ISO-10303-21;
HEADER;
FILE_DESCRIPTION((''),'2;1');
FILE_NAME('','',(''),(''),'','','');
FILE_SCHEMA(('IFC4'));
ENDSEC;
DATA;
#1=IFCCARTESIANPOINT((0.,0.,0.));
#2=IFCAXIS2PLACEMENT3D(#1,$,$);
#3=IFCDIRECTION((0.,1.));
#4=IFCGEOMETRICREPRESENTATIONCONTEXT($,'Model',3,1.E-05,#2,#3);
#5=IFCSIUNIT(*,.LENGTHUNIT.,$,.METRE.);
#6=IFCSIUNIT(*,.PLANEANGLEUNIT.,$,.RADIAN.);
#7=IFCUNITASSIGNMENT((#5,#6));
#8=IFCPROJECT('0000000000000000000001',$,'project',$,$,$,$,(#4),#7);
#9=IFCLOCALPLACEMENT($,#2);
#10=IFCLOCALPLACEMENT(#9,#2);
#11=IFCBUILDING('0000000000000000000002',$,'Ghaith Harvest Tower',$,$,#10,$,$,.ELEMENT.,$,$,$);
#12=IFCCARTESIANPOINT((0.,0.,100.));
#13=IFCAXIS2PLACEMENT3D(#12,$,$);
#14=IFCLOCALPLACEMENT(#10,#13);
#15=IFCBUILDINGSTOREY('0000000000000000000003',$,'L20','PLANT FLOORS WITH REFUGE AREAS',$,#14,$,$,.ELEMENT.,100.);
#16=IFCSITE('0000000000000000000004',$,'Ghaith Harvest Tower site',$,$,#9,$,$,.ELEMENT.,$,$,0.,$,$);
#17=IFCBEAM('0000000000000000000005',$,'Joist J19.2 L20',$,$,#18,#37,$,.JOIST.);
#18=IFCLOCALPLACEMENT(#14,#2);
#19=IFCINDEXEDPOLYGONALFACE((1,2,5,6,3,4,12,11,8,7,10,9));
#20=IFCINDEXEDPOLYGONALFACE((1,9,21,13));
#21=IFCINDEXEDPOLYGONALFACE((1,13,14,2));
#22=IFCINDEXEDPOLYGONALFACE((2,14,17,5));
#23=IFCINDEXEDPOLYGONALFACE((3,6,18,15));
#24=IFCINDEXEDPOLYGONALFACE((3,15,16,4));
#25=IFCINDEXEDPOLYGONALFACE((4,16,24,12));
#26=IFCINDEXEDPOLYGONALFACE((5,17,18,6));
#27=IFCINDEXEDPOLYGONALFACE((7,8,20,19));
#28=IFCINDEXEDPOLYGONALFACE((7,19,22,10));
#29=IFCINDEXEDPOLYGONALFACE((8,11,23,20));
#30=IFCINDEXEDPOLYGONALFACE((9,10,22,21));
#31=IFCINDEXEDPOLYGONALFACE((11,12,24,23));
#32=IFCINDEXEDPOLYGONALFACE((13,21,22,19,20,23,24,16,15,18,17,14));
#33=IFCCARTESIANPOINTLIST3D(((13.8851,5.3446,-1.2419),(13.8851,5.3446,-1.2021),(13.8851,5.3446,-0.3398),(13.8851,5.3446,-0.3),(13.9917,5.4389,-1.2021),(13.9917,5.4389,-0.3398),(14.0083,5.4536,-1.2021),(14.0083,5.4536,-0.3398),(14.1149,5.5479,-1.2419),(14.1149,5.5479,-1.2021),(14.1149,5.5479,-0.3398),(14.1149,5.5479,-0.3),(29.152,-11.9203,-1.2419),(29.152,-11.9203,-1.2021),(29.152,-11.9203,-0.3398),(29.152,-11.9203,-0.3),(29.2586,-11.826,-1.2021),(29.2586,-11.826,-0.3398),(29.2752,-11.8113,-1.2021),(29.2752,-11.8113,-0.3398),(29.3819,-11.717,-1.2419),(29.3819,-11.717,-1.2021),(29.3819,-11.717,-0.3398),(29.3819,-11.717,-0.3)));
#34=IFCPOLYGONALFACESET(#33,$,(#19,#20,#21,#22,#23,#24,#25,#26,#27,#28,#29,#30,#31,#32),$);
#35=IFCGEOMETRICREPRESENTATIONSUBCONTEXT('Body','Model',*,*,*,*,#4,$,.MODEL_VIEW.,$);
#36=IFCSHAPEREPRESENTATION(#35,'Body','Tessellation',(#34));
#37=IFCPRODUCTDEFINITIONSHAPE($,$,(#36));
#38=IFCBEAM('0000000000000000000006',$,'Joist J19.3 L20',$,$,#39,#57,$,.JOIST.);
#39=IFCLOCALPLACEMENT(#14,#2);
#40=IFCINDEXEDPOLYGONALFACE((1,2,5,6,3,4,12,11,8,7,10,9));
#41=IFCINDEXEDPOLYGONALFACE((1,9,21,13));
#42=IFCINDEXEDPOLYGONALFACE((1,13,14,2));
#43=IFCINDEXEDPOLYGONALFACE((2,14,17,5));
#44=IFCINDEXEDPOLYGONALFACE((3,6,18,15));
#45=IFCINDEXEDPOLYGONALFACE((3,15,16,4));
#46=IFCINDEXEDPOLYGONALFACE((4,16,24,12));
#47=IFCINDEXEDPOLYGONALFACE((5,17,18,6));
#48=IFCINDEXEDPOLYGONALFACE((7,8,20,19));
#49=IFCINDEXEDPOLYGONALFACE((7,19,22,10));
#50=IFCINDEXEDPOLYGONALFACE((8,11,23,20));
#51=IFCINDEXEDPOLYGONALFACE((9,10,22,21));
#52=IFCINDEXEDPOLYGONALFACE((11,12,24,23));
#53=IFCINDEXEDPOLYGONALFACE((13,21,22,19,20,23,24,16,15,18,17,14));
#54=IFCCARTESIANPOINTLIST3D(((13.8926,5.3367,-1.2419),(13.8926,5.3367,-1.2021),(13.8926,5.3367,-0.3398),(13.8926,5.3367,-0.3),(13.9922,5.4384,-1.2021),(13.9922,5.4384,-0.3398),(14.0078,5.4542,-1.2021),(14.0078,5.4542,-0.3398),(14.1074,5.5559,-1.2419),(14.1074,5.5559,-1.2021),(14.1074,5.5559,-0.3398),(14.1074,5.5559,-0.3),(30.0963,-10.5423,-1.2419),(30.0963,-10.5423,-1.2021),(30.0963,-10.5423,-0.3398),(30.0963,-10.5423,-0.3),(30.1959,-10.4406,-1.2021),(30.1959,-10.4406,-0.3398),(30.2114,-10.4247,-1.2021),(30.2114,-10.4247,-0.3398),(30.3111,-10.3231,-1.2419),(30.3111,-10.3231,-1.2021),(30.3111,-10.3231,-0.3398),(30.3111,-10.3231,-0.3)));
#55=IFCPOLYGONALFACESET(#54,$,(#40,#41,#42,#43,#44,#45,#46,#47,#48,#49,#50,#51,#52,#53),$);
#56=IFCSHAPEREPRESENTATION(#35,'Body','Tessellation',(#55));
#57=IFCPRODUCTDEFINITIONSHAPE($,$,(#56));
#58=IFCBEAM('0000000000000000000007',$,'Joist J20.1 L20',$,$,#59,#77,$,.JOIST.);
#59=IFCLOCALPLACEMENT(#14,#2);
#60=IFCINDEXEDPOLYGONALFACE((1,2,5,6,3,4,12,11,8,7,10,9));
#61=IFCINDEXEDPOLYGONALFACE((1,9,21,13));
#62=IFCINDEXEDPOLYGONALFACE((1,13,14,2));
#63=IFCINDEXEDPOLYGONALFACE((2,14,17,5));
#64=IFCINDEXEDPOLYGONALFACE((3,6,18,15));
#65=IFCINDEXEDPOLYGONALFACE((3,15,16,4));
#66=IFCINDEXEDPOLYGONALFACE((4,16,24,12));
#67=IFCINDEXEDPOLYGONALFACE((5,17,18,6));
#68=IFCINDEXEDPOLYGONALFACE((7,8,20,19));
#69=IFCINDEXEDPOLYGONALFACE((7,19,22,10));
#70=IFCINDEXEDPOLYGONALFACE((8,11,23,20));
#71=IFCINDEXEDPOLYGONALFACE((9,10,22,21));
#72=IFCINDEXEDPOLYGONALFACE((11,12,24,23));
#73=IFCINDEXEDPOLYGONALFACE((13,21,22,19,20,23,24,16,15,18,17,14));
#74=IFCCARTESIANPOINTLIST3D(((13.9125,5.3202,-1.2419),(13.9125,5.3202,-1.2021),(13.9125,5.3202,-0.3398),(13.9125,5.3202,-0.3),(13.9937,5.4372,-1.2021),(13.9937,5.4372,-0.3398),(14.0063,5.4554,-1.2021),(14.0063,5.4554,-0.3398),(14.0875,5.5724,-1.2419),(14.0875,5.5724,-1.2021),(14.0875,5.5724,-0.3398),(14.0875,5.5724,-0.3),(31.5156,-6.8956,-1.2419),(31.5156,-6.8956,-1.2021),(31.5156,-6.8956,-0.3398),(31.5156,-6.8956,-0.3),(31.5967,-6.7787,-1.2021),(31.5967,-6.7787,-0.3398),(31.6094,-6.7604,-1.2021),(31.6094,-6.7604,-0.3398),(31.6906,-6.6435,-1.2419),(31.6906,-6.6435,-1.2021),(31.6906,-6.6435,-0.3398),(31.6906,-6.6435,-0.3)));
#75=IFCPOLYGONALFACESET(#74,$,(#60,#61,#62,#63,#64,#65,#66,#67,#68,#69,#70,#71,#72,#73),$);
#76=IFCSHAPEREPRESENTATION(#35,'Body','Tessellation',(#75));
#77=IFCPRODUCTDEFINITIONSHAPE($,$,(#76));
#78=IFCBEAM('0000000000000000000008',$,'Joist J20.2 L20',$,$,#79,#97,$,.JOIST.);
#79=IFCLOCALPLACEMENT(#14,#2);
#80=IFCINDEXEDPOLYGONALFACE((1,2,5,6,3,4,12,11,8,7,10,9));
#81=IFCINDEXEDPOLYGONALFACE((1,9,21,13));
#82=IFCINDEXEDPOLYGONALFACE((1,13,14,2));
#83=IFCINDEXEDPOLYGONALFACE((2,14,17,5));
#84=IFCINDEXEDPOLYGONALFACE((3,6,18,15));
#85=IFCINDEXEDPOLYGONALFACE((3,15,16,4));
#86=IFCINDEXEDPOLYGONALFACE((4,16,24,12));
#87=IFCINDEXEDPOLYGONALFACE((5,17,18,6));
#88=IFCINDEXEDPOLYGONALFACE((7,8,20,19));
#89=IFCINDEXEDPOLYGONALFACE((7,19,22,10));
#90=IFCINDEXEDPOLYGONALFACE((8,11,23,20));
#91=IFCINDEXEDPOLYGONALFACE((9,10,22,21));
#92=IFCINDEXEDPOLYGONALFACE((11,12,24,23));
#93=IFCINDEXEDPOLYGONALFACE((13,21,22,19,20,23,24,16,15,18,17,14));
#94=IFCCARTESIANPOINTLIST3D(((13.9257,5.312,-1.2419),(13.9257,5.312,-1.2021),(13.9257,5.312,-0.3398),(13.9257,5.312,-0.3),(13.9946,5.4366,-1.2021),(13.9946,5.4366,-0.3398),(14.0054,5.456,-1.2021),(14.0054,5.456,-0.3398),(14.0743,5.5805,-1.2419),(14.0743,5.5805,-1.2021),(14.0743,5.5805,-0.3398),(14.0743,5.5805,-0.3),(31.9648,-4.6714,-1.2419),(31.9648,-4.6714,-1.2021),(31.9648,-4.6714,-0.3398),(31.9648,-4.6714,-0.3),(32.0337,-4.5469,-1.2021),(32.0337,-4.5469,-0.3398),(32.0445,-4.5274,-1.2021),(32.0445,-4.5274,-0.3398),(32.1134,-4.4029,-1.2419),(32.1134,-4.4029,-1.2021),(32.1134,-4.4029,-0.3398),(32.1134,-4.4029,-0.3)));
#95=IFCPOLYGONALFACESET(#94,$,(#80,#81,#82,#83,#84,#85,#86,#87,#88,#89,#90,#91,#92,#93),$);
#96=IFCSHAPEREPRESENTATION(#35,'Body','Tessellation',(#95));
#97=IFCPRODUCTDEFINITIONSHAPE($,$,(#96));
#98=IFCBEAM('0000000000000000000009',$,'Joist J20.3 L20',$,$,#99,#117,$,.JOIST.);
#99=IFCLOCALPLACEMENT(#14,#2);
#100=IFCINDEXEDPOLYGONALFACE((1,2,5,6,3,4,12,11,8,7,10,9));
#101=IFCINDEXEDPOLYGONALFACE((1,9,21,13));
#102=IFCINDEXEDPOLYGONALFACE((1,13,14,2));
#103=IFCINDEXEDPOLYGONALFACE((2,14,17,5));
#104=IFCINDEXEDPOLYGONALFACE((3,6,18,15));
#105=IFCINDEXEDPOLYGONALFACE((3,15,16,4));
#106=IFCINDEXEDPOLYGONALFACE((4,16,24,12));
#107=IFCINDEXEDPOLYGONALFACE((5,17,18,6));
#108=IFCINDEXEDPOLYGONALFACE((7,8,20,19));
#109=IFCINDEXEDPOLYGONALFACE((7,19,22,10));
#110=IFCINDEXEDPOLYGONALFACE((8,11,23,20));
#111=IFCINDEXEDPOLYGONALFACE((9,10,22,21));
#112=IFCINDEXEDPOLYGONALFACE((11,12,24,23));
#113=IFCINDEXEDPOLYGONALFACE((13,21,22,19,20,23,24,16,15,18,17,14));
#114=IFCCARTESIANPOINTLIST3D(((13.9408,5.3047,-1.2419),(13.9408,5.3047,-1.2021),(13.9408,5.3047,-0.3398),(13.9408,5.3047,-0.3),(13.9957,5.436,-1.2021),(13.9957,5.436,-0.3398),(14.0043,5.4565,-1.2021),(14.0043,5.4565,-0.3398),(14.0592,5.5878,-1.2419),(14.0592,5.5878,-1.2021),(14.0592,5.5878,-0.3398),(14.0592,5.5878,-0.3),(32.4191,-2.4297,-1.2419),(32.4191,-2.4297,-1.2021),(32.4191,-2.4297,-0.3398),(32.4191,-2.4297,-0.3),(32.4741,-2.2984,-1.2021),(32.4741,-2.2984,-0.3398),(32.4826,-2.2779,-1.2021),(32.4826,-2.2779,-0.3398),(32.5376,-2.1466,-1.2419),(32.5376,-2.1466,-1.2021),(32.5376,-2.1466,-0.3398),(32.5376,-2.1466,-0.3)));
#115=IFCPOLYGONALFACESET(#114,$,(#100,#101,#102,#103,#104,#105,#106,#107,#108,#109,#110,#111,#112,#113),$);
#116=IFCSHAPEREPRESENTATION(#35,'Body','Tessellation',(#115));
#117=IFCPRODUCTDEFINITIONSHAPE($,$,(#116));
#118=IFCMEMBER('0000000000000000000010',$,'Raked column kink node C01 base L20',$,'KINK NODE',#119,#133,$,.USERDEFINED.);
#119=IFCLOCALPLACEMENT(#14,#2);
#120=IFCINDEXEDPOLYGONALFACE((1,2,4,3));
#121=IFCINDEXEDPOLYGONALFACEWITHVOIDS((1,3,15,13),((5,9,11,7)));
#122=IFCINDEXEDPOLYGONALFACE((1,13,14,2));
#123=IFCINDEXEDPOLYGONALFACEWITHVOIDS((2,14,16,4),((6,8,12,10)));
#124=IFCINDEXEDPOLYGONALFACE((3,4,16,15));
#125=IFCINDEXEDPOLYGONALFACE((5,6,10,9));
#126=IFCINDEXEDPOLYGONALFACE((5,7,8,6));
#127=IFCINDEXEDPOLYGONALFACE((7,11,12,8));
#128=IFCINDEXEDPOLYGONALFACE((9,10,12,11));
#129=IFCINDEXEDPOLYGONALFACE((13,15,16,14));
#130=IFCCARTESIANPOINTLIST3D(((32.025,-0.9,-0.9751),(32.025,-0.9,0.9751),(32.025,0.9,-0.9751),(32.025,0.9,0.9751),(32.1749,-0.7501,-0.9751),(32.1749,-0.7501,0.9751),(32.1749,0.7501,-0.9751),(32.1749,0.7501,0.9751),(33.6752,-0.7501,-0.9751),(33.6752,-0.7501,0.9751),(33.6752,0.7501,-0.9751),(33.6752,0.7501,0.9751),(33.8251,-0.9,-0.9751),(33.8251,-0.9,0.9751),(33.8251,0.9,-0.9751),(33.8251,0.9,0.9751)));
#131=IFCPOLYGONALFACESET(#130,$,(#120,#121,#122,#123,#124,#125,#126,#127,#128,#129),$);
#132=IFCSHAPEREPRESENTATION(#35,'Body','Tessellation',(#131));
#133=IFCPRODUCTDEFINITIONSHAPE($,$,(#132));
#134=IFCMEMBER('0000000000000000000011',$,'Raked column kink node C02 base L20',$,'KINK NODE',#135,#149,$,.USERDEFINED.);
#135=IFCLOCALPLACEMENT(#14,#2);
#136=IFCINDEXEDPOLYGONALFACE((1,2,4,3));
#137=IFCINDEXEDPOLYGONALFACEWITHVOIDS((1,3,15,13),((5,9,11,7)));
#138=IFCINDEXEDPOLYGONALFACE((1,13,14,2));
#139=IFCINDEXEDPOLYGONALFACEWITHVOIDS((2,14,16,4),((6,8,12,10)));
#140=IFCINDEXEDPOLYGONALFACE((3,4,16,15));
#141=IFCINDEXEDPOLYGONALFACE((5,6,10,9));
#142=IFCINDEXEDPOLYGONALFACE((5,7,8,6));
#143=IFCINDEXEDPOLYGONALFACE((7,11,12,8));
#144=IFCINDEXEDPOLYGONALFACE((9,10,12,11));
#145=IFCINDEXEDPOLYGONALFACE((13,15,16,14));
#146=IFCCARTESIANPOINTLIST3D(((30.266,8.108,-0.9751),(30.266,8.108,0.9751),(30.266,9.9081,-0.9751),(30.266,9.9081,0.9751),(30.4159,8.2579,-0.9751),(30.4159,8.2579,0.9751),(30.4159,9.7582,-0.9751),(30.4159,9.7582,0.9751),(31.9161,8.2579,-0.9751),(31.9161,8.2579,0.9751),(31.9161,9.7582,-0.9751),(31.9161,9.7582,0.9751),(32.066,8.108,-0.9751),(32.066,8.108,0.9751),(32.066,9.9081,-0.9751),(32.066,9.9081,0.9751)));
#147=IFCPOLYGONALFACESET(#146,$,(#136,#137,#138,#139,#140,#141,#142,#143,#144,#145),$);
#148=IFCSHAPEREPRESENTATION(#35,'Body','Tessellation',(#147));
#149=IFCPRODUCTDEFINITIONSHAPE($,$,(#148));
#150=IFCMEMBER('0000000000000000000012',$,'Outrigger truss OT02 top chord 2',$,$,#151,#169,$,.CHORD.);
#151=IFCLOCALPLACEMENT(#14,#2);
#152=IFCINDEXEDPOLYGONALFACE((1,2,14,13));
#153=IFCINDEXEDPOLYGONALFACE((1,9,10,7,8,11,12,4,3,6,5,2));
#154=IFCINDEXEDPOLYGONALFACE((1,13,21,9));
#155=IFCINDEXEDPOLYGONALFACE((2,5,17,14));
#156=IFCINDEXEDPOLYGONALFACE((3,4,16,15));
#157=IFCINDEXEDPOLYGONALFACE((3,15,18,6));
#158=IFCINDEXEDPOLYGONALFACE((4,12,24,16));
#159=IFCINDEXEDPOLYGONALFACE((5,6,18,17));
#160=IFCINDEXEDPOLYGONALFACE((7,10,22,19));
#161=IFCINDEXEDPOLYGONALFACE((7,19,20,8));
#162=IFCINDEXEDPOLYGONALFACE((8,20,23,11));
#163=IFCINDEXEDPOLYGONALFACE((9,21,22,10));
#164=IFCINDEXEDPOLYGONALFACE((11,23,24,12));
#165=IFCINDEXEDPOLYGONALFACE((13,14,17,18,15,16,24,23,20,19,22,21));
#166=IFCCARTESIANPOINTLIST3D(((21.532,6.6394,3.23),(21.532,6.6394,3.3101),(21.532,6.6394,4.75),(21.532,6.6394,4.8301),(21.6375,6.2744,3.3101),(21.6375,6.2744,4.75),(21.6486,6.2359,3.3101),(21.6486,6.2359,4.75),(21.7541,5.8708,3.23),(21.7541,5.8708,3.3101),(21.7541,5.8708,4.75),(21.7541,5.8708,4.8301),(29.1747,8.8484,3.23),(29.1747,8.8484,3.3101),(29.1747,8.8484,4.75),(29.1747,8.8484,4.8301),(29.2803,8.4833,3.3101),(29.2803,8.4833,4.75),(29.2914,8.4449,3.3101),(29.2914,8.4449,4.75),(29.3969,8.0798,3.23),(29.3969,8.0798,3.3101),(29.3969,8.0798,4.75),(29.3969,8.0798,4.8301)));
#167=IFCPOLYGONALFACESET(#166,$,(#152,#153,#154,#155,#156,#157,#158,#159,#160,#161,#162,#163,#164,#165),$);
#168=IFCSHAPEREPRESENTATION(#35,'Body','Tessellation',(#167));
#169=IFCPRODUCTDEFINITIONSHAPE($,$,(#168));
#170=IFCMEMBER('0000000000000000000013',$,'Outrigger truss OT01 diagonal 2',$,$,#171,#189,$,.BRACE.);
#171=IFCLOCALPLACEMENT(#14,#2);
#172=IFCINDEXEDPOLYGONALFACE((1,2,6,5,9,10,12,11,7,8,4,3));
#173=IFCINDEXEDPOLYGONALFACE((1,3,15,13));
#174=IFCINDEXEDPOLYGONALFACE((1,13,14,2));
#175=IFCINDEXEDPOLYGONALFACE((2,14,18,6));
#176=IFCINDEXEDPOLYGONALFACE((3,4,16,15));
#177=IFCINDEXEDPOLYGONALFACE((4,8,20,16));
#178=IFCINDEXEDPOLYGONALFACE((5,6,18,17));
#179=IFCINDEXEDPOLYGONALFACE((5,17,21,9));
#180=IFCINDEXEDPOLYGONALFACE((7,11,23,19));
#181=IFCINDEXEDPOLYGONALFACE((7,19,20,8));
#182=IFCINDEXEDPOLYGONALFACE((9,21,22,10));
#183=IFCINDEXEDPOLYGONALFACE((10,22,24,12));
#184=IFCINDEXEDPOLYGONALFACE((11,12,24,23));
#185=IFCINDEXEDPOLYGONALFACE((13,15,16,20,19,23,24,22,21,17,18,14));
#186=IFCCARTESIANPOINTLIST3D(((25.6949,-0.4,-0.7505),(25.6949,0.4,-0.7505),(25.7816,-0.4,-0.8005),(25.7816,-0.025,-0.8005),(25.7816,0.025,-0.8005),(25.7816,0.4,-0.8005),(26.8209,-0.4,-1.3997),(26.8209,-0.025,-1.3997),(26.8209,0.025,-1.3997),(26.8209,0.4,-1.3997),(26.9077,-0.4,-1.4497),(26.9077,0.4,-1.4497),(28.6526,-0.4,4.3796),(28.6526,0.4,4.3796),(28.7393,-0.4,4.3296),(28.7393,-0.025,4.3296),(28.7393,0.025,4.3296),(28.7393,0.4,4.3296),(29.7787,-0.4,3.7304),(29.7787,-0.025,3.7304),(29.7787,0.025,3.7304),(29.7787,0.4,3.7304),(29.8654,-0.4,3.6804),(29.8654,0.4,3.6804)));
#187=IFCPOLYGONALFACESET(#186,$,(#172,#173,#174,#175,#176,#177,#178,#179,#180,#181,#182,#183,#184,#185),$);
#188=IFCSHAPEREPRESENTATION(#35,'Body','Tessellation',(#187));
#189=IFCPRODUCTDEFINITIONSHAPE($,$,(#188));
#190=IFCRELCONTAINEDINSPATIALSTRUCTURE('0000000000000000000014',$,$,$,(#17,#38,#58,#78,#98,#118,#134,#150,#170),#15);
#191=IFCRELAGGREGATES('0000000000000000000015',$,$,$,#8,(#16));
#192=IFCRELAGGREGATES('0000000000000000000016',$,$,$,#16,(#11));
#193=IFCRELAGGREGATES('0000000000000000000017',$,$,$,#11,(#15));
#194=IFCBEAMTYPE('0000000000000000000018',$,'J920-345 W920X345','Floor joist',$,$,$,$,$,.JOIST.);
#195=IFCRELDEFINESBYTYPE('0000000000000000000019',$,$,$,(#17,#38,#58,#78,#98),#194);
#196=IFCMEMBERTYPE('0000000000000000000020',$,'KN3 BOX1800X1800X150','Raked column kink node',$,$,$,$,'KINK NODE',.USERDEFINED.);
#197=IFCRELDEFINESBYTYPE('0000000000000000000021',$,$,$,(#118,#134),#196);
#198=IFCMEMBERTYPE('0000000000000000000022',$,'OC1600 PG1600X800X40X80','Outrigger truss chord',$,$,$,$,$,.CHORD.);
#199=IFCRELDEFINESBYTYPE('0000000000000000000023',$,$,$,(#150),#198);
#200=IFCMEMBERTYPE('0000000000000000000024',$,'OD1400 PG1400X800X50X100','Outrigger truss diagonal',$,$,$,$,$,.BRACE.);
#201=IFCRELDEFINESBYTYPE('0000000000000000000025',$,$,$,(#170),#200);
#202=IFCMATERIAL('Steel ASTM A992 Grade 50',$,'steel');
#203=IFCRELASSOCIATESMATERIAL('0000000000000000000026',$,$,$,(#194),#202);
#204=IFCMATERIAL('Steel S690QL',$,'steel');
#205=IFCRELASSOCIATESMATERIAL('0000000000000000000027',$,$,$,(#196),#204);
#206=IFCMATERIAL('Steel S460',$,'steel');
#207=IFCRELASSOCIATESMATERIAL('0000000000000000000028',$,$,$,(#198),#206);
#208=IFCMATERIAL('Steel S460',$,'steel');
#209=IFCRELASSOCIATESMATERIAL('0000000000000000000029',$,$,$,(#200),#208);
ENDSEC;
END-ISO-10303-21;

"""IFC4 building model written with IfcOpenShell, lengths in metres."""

from ifc_helpers import new_model, si_unit, direction, frame, origin, origin_2d, place, context, subcontext, project, spatial, hollow_rectangle, i_section, extrude, material, material_profile, profile_set, type_object, element, save


model = new_model("IFC4")

# Units and contexts
model_context = context("Model", 3, precision=1e-05, world=origin(), true_north=direction((0.0, 1.0)))
body_context = subcontext(model_context, "Body", "Model", "MODEL_VIEW")
ifc_project = project(units=[si_unit("LENGTHUNIT", "METRE"), si_unit("PLANEANGLEUNIT", "RADIAN")], contexts=[model_context])

# Site, building, storey
site_placement = place(None, origin())
site = spatial("IfcSite", under=ifc_project, at=site_placement, Name="Ghaith Harvest Tower site", CompositionType="ELEMENT", RefElevation=0.0)
building_placement = place(site_placement, origin())
building = spatial("IfcBuilding", under=site, at=building_placement, Name="Ghaith Harvest Tower", CompositionType="ELEMENT")
storey_placement = place(building_placement, frame((0.0, 0.0, 100.0)))
storey = spatial("IfcBuildingStorey", under=building, at=storey_placement, Name="L20", Description="PLANT FLOORS WITH REFUGE AREAS", CompositionType="ELEMENT", Elevation=100.0)

# Beams
ifc_material_1 = material(Name="Steel ASTM A992 Grade 50", Category="steel")
ifc_material_profile_1 = material_profile(ifc_material_1, i_section(OverallWidth=0.3069, OverallDepth=0.9419, WebThickness=0.0222, FlangeThickness=0.0398, at=origin_2d()), Name="W920X345")
ifc_profile_set_1 = profile_set([ifc_material_profile_1], Name="Steel ASTM A992 Grade 50")
beam_type_1 = type_object("IfcBeamType", Name="J920-345 W920X345", Description="Floor joist", PredefinedType="JOIST", material=ifc_profile_set_1)
beam_1_placement = place(storey_placement, frame((14.0, 5.4463, -0.771), z_axis=(0.662429, -0.749125, 0.0), x_axis=(0.749125, 0.662429, 0.0)))
element("IfcBeam", 1, at=beam_1_placement, inside=storey, type_object=beam_type_1, Name="Joist J19.2 L20", PredefinedType="JOIST", context=body_context, shape_type="SweptSolid", body=[
    extrude(i_section(OverallWidth=0.3069, OverallDepth=0.9419, WebThickness=0.0222, FlangeThickness=0.0398, at=origin_2d()), origin(), (0.0, 0.0, 1.0), 23.0469),
])
beam_2_placement = place(storey_placement, frame((14.0, 5.4463, -0.771), z_axis=(0.714227, -0.699914, 0.0), x_axis=(0.699914, 0.714227, 0.0)))
element("IfcBeam", 2, at=beam_2_placement, inside=storey, type_object=beam_type_1, Name="Joist J19.3 L20", PredefinedType="JOIST", context=body_context, shape_type="SweptSolid", body=[
    extrude(i_section(OverallWidth=0.3069, OverallDepth=0.9419, WebThickness=0.0222, FlangeThickness=0.0398, at=origin_2d()), origin(), (0.0, 0.0, 1.0), 22.687),
])
beam_3_placement = place(storey_placement, frame((14.0, 5.4463, -0.771), z_axis=(0.821556, -0.570128, 0.0), x_axis=(0.570128, 0.821556, 0.0)))
element("IfcBeam", 3, at=beam_3_placement, inside=storey, type_object=beam_type_1, Name="Joist J20.1 L20", PredefinedType="JOIST", context=body_context, shape_type="SweptSolid", body=[
    extrude(i_section(OverallWidth=0.3069, OverallDepth=0.9419, WebThickness=0.0222, FlangeThickness=0.0398, at=origin_2d()), origin(), (0.0, 0.0, 1.0), 21.4265),
])
beam_4_placement = place(storey_placement, frame((14.0, 5.4463, -0.771), z_axis=(0.874945, -0.484223, 0.0), x_axis=(0.484223, 0.874945, 0.0)))
element("IfcBeam", 4, at=beam_4_placement, inside=storey, type_object=beam_type_1, Name="Joist J20.2 L20", PredefinedType="JOIST", context=body_context, shape_type="SweptSolid", body=[
    extrude(i_section(OverallWidth=0.3069, OverallDepth=0.9419, WebThickness=0.0222, FlangeThickness=0.0398, at=origin_2d()), origin(), (0.0, 0.0, 1.0), 20.6174),
])
beam_5_placement = place(storey_placement, frame((14.0, 5.4463, -0.771), z_axis=(0.922454, -0.386108, 0.0), x_axis=(0.386108, 0.922454, 0.0)))
element("IfcBeam", 5, at=beam_5_placement, inside=storey, type_object=beam_type_1, Name="Joist J20.3 L20", PredefinedType="JOIST", context=body_context, shape_type="SweptSolid", body=[
    extrude(i_section(OverallWidth=0.3069, OverallDepth=0.9419, WebThickness=0.0222, FlangeThickness=0.0398, at=origin_2d()), origin(), (0.0, 0.0, 1.0), 20.0317),
])

# Members
ifc_material_2 = material(Name="Steel S690QL", Category="steel")
ifc_material_profile_2 = material_profile(ifc_material_2, hollow_rectangle(XDim=1.8, YDim=1.8, WallThickness=0.1499, at=origin_2d()), Name="BOX1800X1800X150")
ifc_profile_set_2 = profile_set([ifc_material_profile_2], Name="Steel S690QL")
member_type_1 = type_object("IfcMemberType", Name="KN3 BOX1800X1800X150", Description="Raked column kink node", ElementType="KINK NODE", PredefinedType="USERDEFINED", material=ifc_profile_set_2)
for number, where, z_axis, x_axis, name in (
    (6, (32.925, 0.0, -0.9751), (0.0, 0.0, 1.0), (1.0, 0.0, 0.0), "Raked column kink node C01 base L20"),
    (7, (31.166, 9.0081, -0.9751), (0.0, 0.0, 1.0), (1.0, 0.0, 0.0), "Raked column kink node C02 base L20"),
):
    element("IfcMember", number, at=place(storey_placement, frame(where, z_axis=z_axis, x_axis=x_axis)), inside=storey, type_object=member_type_1, Name=name, ObjectType="KINK NODE", PredefinedType="USERDEFINED", context=body_context, shape_type="SweptSolid", body=[
        extrude(hollow_rectangle(XDim=1.8, YDim=1.8, WallThickness=0.1499, at=origin_2d()), origin(), (0.0, 0.0, 1.0), 1.9502),
    ])
ifc_material_3 = material(Name="Steel S460", Category="steel")
ifc_material_profile_3 = material_profile(ifc_material_3, i_section(OverallWidth=0.8, OverallDepth=1.6001, WebThickness=0.04, FlangeThickness=0.0801, at=origin_2d()), Name="PG1600X800X40X80")
ifc_profile_set_3 = profile_set([ifc_material_profile_3], Name="Steel S460")
member_type_2 = type_object("IfcMemberType", Name="OC1600 PG1600X800X40X80", Description="Outrigger truss chord", PredefinedType="CHORD", material=ifc_profile_set_3)
member_1_placement = place(storey_placement, frame((21.6431, 6.2551, 4.03), z_axis=(0.960679, 0.277662, 0.0), x_axis=(-0.277662, 0.960679, 0.0)))
element("IfcMember", 8, at=member_1_placement, inside=storey, type_object=member_type_2, Name="Outrigger truss OT02 top chord 2", PredefinedType="CHORD", context=body_context, shape_type="SweptSolid", body=[
    extrude(i_section(OverallWidth=0.8, OverallDepth=1.6001, WebThickness=0.04, FlangeThickness=0.0801, at=origin_2d()), origin(), (0.0, 0.0, 1.0), 7.9556),
])
ifc_material_4 = material(Name="Steel S460", Category="steel")
ifc_material_profile_4 = material_profile(ifc_material_4, i_section(OverallWidth=0.8, OverallDepth=1.3999, WebThickness=0.05, FlangeThickness=0.1001, at=origin_2d()), Name="PG1400X800X50X100")
ifc_profile_set_4 = profile_set([ifc_material_profile_4], Name="Steel S460")
member_type_3 = type_object("IfcMemberType", Name="OD1400 PG1400X800X50X100", Description="Outrigger truss diagonal", PredefinedType="BRACE", material=ifc_profile_set_4)
member_2_placement = place(storey_placement, frame((26.3013, 0.0, -1.1001), z_axis=(0.499479, 0.0, 0.866326), x_axis=(0.0, 1.0, 0.0)))
element("IfcMember", 9, at=member_2_placement, inside=storey, type_object=member_type_3, Name="Outrigger truss OT01 diagonal 2", PredefinedType="BRACE", context=body_context, shape_type="SweptSolid", body=[
    extrude(i_section(OverallWidth=0.8, OverallDepth=1.3999, WebThickness=0.05, FlangeThickness=0.1001, at=origin_2d()), origin(), (0.0, 0.0, 1.0), 5.9216),
])

save(model, "model.ifc")
